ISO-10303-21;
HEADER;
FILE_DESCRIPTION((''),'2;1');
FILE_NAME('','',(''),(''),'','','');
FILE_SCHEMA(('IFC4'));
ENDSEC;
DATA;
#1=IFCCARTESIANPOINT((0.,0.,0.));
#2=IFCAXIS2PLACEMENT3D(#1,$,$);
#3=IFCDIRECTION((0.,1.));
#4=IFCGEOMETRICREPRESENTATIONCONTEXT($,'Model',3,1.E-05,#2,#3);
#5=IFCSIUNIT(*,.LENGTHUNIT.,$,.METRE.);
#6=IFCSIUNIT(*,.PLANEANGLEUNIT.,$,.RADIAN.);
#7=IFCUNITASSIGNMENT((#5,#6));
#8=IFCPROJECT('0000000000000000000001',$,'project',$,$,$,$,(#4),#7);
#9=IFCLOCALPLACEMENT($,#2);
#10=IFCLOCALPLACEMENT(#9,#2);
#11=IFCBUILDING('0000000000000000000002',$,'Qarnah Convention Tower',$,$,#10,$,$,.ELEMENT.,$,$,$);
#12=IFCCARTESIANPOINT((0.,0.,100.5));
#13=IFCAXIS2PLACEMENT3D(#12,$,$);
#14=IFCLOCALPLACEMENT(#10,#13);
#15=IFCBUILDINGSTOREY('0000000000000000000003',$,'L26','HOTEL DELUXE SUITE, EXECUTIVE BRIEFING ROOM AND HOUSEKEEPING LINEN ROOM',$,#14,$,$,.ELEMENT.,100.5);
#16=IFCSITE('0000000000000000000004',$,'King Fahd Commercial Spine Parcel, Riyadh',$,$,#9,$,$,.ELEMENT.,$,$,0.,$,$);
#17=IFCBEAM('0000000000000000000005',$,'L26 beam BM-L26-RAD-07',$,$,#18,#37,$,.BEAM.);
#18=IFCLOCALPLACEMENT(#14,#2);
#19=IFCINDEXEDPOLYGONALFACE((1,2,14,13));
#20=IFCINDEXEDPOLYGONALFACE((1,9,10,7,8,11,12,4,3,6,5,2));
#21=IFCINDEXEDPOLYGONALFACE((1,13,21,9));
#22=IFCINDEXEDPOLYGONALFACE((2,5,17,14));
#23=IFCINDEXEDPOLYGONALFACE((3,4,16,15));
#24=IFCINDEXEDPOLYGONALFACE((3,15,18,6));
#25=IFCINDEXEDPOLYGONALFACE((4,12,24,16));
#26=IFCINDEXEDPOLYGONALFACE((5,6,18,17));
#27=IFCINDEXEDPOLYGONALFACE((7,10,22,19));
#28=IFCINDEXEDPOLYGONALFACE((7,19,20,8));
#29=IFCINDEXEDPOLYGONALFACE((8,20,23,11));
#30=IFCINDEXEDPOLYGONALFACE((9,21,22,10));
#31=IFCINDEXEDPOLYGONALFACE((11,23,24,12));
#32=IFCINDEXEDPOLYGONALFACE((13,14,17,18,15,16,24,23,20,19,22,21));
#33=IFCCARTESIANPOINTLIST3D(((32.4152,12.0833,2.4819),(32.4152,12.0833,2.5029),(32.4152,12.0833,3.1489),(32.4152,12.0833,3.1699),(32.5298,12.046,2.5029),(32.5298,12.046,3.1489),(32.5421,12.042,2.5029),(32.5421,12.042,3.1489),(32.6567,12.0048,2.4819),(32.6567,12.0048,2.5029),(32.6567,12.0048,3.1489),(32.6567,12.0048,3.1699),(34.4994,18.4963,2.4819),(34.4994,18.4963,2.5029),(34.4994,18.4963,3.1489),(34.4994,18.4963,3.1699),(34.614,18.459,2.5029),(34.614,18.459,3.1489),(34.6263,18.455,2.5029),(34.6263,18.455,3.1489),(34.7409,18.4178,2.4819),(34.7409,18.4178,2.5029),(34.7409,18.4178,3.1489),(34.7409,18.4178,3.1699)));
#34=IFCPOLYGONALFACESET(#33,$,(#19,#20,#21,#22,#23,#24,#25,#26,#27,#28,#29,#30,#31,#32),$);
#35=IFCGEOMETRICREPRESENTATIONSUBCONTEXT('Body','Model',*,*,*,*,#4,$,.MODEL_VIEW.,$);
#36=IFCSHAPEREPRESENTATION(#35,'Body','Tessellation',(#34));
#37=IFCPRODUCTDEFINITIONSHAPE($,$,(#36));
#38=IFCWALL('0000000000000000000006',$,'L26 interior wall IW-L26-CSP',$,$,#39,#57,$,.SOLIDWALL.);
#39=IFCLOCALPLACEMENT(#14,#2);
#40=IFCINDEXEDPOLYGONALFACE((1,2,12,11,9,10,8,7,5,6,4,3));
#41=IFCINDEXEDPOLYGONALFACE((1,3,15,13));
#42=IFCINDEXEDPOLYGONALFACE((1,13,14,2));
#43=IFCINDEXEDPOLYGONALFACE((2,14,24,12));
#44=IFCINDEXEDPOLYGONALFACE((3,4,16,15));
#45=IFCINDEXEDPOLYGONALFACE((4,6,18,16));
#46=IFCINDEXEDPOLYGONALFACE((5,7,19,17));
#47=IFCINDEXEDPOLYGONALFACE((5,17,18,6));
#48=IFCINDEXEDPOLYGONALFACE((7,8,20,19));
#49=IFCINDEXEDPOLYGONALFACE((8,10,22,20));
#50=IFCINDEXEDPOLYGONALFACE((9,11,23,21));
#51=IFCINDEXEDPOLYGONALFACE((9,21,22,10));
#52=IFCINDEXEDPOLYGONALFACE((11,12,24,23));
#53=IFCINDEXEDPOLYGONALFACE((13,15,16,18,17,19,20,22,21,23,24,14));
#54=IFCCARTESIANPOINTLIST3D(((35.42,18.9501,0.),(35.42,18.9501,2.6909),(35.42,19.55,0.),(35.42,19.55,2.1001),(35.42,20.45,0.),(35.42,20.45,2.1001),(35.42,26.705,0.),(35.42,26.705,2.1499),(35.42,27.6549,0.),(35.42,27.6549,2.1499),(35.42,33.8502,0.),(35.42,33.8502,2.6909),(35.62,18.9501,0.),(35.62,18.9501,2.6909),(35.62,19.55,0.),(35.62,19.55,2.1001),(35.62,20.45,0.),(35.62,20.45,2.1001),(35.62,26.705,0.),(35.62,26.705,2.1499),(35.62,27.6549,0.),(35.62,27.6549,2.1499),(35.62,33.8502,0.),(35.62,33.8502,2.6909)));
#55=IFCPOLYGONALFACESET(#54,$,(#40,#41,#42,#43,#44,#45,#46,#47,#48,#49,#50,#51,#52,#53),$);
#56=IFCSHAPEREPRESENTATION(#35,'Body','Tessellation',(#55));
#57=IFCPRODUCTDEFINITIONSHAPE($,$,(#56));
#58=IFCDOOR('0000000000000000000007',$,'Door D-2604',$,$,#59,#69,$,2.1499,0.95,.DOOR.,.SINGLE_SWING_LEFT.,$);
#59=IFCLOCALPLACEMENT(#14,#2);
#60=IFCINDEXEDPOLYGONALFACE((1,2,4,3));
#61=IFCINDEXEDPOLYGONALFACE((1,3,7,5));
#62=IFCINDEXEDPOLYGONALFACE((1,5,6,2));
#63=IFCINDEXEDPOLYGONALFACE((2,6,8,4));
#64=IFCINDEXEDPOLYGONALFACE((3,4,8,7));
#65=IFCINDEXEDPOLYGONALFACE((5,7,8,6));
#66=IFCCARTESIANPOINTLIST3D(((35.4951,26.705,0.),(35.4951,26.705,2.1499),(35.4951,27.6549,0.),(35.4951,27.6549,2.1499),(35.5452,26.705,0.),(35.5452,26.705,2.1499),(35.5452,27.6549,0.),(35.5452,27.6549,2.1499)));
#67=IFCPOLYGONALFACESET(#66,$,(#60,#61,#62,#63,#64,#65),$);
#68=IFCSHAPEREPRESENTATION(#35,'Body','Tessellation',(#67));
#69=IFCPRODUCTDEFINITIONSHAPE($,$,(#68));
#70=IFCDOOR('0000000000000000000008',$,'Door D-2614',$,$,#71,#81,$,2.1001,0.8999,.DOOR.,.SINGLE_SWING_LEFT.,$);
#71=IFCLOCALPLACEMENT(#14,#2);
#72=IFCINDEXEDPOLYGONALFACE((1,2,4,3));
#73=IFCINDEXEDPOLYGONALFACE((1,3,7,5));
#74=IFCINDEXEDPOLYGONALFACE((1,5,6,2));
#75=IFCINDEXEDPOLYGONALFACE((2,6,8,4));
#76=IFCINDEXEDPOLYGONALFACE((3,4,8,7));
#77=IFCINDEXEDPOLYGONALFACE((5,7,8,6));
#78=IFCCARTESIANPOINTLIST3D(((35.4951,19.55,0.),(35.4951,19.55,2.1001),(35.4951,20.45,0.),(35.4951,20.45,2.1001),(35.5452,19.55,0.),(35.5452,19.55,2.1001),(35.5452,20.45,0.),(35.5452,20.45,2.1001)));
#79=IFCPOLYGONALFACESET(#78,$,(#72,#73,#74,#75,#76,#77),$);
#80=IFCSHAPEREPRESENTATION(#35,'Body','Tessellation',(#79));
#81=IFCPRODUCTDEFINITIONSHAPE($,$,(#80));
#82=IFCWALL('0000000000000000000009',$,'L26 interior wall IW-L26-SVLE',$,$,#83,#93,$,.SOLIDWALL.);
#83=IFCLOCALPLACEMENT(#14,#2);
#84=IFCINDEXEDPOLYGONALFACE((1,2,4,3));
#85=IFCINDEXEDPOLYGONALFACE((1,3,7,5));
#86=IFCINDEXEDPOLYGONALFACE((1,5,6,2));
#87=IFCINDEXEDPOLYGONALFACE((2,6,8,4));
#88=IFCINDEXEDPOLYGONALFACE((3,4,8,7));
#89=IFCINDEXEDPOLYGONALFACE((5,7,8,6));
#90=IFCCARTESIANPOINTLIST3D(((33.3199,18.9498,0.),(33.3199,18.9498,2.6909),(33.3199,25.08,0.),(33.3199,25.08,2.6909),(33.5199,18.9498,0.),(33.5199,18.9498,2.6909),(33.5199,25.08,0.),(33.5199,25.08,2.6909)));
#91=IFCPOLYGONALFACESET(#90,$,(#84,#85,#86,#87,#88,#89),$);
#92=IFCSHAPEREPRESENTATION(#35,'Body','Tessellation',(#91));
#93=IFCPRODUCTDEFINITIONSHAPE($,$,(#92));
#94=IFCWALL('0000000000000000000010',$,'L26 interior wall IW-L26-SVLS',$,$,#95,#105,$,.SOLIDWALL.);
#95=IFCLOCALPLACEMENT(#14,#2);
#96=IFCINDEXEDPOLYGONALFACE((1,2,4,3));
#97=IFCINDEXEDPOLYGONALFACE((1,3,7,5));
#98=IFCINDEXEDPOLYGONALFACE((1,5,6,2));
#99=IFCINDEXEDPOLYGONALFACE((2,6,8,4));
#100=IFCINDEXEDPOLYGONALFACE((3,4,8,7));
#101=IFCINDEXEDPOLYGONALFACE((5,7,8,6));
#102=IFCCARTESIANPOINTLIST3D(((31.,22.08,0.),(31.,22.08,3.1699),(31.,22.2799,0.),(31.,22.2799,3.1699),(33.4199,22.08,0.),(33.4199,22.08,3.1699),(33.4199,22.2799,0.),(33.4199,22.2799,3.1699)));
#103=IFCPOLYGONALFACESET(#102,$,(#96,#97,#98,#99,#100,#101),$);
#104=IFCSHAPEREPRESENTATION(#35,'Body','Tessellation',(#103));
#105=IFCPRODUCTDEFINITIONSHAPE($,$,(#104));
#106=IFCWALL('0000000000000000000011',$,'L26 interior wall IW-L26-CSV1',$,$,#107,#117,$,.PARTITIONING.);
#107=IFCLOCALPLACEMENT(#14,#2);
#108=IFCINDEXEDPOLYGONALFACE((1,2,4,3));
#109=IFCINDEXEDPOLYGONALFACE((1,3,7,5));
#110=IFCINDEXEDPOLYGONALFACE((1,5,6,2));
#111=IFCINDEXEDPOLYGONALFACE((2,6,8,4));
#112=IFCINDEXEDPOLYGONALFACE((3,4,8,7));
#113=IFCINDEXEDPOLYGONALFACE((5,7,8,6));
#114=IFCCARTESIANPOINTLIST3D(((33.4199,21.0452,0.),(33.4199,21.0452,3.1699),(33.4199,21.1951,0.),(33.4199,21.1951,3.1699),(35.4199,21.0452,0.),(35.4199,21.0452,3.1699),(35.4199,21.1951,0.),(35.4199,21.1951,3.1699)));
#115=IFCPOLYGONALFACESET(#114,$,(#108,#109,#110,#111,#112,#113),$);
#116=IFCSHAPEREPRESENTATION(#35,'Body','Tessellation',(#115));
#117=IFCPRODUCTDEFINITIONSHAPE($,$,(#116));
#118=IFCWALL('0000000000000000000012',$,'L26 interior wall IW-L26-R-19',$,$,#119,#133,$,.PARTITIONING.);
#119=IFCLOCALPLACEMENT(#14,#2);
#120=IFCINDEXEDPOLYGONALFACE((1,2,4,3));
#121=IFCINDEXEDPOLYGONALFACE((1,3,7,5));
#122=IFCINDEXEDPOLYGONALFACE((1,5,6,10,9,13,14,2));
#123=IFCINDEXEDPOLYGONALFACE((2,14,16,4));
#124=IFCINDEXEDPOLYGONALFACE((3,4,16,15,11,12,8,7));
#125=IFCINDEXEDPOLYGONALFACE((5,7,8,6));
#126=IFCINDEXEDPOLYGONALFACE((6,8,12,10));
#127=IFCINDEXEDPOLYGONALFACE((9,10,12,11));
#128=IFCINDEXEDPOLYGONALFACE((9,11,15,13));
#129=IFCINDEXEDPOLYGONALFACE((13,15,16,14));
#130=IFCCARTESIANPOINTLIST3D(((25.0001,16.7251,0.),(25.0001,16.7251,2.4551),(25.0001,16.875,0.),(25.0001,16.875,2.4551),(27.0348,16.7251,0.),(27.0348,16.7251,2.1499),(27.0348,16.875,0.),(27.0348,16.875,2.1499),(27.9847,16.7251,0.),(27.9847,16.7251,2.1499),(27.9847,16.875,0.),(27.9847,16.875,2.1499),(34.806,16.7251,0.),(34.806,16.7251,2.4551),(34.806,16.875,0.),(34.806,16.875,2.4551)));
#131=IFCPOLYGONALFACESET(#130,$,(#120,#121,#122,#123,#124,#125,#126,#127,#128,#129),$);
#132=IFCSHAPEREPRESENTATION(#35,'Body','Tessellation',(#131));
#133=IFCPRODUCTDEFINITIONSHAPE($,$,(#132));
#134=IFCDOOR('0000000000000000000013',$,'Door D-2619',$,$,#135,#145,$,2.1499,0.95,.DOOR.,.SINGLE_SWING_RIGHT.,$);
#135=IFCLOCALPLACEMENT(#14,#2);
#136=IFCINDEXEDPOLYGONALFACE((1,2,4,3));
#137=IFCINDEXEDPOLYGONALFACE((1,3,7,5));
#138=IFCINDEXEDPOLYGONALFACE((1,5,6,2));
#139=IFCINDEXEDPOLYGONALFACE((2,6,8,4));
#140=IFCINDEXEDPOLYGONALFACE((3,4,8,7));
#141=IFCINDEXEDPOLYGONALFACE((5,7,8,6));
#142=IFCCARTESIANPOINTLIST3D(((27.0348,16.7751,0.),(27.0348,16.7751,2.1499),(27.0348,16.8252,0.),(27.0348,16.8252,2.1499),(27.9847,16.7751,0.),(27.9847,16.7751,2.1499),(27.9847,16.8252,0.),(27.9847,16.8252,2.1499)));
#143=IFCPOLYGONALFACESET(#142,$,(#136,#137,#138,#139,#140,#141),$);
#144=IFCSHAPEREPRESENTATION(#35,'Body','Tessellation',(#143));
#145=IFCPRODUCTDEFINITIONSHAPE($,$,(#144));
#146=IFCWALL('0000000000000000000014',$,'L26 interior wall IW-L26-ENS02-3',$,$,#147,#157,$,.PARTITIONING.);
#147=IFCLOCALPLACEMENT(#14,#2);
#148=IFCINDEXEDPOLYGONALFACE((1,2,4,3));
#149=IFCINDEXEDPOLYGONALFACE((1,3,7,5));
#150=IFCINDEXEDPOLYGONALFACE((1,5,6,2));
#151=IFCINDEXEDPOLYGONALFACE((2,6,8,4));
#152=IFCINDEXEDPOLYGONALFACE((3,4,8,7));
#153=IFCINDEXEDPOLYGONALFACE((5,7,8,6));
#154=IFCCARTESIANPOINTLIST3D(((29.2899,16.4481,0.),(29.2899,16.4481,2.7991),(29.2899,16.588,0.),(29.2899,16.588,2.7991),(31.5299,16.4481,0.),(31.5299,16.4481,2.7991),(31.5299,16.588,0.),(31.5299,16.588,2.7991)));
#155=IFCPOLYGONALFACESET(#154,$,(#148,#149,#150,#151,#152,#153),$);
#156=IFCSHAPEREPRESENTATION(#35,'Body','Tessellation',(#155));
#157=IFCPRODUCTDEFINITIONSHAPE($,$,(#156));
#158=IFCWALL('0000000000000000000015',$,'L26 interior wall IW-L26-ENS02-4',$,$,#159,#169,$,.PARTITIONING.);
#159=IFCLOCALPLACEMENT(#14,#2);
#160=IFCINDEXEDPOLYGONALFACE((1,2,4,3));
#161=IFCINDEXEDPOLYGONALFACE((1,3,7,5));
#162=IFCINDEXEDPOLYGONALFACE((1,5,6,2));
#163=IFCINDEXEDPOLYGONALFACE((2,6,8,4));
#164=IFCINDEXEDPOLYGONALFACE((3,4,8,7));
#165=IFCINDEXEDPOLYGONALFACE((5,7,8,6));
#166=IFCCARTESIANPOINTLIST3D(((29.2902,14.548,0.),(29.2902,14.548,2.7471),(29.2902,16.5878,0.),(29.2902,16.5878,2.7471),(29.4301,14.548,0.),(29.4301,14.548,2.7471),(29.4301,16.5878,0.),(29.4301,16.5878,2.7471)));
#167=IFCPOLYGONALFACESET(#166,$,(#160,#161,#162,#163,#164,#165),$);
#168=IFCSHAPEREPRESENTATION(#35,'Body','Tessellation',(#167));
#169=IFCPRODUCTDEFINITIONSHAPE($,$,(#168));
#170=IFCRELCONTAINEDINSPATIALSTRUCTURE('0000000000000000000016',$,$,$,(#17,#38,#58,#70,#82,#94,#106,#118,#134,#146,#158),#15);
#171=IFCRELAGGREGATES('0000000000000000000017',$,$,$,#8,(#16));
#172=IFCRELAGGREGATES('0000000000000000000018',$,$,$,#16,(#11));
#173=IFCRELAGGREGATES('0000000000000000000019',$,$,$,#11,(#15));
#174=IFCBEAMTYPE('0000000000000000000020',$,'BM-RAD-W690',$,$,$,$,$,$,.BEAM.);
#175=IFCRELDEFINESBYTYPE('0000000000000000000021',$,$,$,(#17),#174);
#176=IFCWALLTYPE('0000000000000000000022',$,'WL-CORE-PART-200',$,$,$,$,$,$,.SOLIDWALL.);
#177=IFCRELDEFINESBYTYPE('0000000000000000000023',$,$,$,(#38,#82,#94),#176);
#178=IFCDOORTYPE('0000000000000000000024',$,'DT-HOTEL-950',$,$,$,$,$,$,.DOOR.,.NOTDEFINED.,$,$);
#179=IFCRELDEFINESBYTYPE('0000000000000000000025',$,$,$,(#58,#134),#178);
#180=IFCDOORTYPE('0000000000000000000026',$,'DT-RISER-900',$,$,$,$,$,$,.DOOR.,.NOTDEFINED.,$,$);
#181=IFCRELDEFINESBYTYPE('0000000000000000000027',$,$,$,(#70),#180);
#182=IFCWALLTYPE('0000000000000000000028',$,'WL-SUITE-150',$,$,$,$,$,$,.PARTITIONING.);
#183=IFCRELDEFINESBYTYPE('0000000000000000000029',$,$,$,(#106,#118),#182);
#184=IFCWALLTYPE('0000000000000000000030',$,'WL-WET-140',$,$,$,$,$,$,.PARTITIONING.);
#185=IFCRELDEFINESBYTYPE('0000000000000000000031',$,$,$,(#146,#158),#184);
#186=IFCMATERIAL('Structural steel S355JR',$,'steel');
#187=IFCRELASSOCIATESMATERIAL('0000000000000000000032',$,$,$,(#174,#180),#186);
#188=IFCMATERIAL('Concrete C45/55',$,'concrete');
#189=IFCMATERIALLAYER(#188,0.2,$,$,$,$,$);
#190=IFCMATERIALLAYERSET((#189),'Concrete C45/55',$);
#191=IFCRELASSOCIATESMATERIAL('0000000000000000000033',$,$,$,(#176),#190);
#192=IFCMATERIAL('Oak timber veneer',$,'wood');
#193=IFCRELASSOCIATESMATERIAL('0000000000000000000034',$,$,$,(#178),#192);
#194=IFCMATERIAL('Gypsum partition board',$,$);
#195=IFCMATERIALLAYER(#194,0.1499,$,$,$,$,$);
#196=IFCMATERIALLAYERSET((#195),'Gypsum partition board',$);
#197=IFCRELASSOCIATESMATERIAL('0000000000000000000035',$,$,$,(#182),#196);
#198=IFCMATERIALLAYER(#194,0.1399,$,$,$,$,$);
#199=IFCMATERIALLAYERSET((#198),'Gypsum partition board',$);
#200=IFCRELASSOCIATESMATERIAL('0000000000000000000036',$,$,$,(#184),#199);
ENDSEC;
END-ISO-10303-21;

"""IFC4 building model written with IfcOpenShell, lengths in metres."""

from ifc_helpers import new_model, si_unit, direction, frame, frame_2d, origin, origin_2d, place, context, subcontext, project, spatial, rectangle, i_section, extrude, material, layer, layer_set, material_profile, profile_set, type_object, element, fill, save


model = new_model("IFC4")

# Units and contexts
model_context = context("Model", 3, precision=1e-05, world=origin(), true_north=direction((0.0, 1.0)))
body_context = subcontext(model_context, "Body", "Model", "MODEL_VIEW")
ifc_project = project(units=[si_unit("LENGTHUNIT", "METRE"), si_unit("PLANEANGLEUNIT", "RADIAN")], contexts=[model_context])

# Site, building, storey
site_placement = place(None, origin())
site = spatial("IfcSite", under=ifc_project, at=site_placement, Name="King Fahd Commercial Spine Parcel, Riyadh", CompositionType="ELEMENT", RefElevation=0.0)
building_placement = place(site_placement, origin())
building = spatial("IfcBuilding", under=site, at=building_placement, Name="Qarnah Convention Tower", CompositionType="ELEMENT")
storey_placement = place(building_placement, frame((0.0, 0.0, 100.5)))
storey = spatial("IfcBuildingStorey", under=building, at=storey_placement, Name="L26", Description="HOTEL DELUXE SUITE, EXECUTIVE BRIEFING ROOM AND HOUSEKEEPING LINEN ROOM", CompositionType="ELEMENT", Elevation=100.5)

# Beam
ifc_material_1 = material(Name="Structural steel S355JR", Category="steel")
ifc_material_profile = material_profile(ifc_material_1, i_section(OverallWidth=0.2539, OverallDepth=0.688, WebThickness=0.0129, FlangeThickness=0.021, at=origin_2d()), Name="W690X152")
ifc_profile_set = profile_set([ifc_material_profile], Name="Structural steel S355JR")
beam_type = type_object("IfcBeamType", Name="BM-RAD-W690", PredefinedType="BEAM", material=ifc_profile_set)
beam_placement = place(storey_placement, frame((34.6201, 18.457, 2.8259), z_axis=(-0.309083, -0.951035, 0.0), x_axis=(0.951035, -0.309083, 0.0)))
element("IfcBeam", 1, at=beam_placement, inside=storey, type_object=beam_type, Name="L26 beam BM-L26-RAD-07", PredefinedType="BEAM", context=body_context, shape_type="SweptSolid", body=[
    extrude(i_section(OverallWidth=0.2539, OverallDepth=0.688, WebThickness=0.0129, FlangeThickness=0.021, at=origin_2d()), origin(), (0.0, 0.0, 1.0), 6.7432),
])

# Wall, openings, doors
door_type_1 = type_object("IfcDoorType", Name="DT-RISER-900", OperationType="NOTDEFINED", PredefinedType="DOOR", material=ifc_material_1)
ifc_material_2 = material(Name="Concrete C45/55", Category="concrete")
ifc_layer_1 = layer(ifc_material_2, 0.2)
ifc_layer_set_1 = layer_set([ifc_layer_1], Name="Concrete C45/55")
wall_type_1 = type_object("IfcWallType", Name="WL-CORE-PART-200", PredefinedType="SOLIDWALL", material=ifc_layer_set_1)
wall_1_placement = place(storey_placement, frame((35.52, 18.95, 0.0), z_axis=(0.0, 0.0, 1.0), x_axis=(0.0, 1.0, 0.0)))
wall_1 = element("IfcWall", 2, at=wall_1_placement, inside=storey, type_object=wall_type_1, Name="L26 interior wall IW-L26-CSP", PredefinedType="SOLIDWALL", context=body_context, shape_type="SweptSolid", body=[
    extrude(rectangle(XDim=14.9001, YDim=0.2, at=frame_2d((7.4502, 0.0))), origin(), (0.0, 0.0, 1.0), 2.6909),
])
opening_1_placement = place(wall_1_placement, frame((7.7549, 0.0, 0.0)))
opening_1 = element("IfcOpeningElement", 3, at=opening_1_placement, cuts=wall_1, PredefinedType="OPENING", context=body_context, shape_type="SweptSolid", body=[
    extrude(rectangle(XDim=0.95, YDim=2.1499, at=frame_2d((0.4751, 1.075))), frame((0.0, 0.1099, 0.0), z_axis=(0.0, -1.0, 0.0), x_axis=(1.0, 0.0, 0.0)), (0.0, 0.0, 1.0), 0.22),
])
opening_2_placement = place(wall_1_placement, frame((0.6001, 0.0, 0.0)))
opening_2 = element("IfcOpeningElement", 4, at=opening_2_placement, cuts=wall_1, PredefinedType="OPENING", context=body_context, shape_type="SweptSolid", body=[
    extrude(rectangle(XDim=0.8999, YDim=2.1001, at=frame_2d((0.45, 1.05))), frame((0.0, 0.1099, 0.0), z_axis=(0.0, -1.0, 0.0), x_axis=(1.0, 0.0, 0.0)), (0.0, 0.0, 1.0), 0.22),
])
ifc_material_3 = material(Name="Oak timber veneer", Category="wood")
door_type_2 = type_object("IfcDoorType", Name="DT-HOTEL-950", OperationType="NOTDEFINED", PredefinedType="DOOR", material=ifc_material_3)
door_1_placement = place(opening_1_placement, origin())
door_1 = element("IfcDoor", 5, at=door_1_placement, inside=storey, type_object=door_type_2, Name="Door D-2604", OperationType="SINGLE_SWING_LEFT", OverallHeight=2.1499, OverallWidth=0.95, PredefinedType="DOOR", context=body_context, shape_type="SweptSolid", body=[
    extrude(rectangle(XDim=0.95, YDim=2.1499, at=frame_2d((0.4751, 1.075))), frame((0.0, 0.0249, 0.0), z_axis=(0.0, -1.0, 0.0), x_axis=(1.0, 0.0, 0.0)), (0.0, 0.0, 1.0), 0.05),
])
fill(opening_1, door_1)
door_2_placement = place(opening_2_placement, origin())
door_2 = element("IfcDoor", 6, at=door_2_placement, inside=storey, type_object=door_type_1, Name="Door D-2614", OperationType="SINGLE_SWING_LEFT", OverallHeight=2.1001, OverallWidth=0.8999, PredefinedType="DOOR", context=body_context, shape_type="SweptSolid", body=[
    extrude(rectangle(XDim=0.8999, YDim=2.1001, at=frame_2d((0.45, 1.05))), frame((0.0, 0.0249, 0.0), z_axis=(0.0, -1.0, 0.0), x_axis=(1.0, 0.0, 0.0)), (0.0, 0.0, 1.0), 0.05),
])
fill(opening_2, door_2)

# Walls
wall_2_placement = place(storey_placement, frame((33.4199, 18.95, 0.0), z_axis=(0.0, 0.0, 1.0), x_axis=(0.0, 1.0, 0.0)))
element("IfcWall", 7, at=wall_2_placement, inside=storey, type_object=wall_type_1, Name="L26 interior wall IW-L26-SVLE", PredefinedType="SOLIDWALL", context=body_context, shape_type="SweptSolid", body=[
    extrude(rectangle(XDim=6.1301, YDim=0.2, at=frame_2d((3.0649, 0.0))), origin(), (0.0, 0.0, 1.0), 2.6909),
])
wall_3_placement = place(storey_placement, frame((31.0, 22.1799, 0.0), z_axis=(0.0, 0.0, 1.0), x_axis=(1.0, 0.0, 0.0)))
element("IfcWall", 8, at=wall_3_placement, inside=storey, type_object=wall_type_1, Name="L26 interior wall IW-L26-SVLS", PredefinedType="SOLIDWALL", context=body_context, shape_type="SweptSolid", body=[
    extrude(rectangle(XDim=2.4199, YDim=0.2, at=frame_2d((1.21, 0.0))), origin(), (0.0, 0.0, 1.0), 3.1699),
])

# Wall
ifc_material_4 = material(Name="Gypsum partition board")
ifc_layer_2 = layer(ifc_material_4, 0.1499)
ifc_layer_set_2 = layer_set([ifc_layer_2], Name="Gypsum partition board")
wall_type_2 = type_object("IfcWallType", Name="WL-SUITE-150", PredefinedType="PARTITIONING", material=ifc_layer_set_2)
wall_4_placement = place(storey_placement, frame((33.4199, 21.1201, 0.0), z_axis=(0.0, 0.0, 1.0), x_axis=(1.0, 0.0, 0.0)))
element("IfcWall", 9, at=wall_4_placement, inside=storey, type_object=wall_type_2, Name="L26 interior wall IW-L26-CSV1", PredefinedType="PARTITIONING", context=body_context, shape_type="SweptSolid", body=[
    extrude(rectangle(XDim=2.0, YDim=0.1499, at=frame_2d((1.0, 0.0))), origin(), (0.0, 0.0, 1.0), 3.1699),
])

# Wall, opening, door
wall_5_placement = place(storey_placement, frame((34.8059, 16.8, 0.0), z_axis=(0.0, 0.0, 1.0), x_axis=(-1.0, 0.0, 0.0)))
wall_5 = element("IfcWall", 10, at=wall_5_placement, inside=storey, type_object=wall_type_2, Name="L26 interior wall IW-L26-R-19", PredefinedType="PARTITIONING", context=body_context, shape_type="SweptSolid", body=[
    extrude(rectangle(XDim=9.8059, YDim=0.1499, at=frame_2d((4.9028, 0.0))), origin(), (0.0, 0.0, 1.0), 2.4551),
])
opening_3_placement = place(wall_5_placement, frame((6.821, 0.0, 0.0)))
opening_3 = element("IfcOpeningElement", 11, at=opening_3_placement, cuts=wall_5, PredefinedType="OPENING", context=body_context, shape_type="SweptSolid", body=[
    extrude(rectangle(XDim=0.95, YDim=2.1499, at=frame_2d((0.4751, 1.075))), frame((0.0, 0.085, 0.0), z_axis=(0.0, -1.0, 0.0), x_axis=(1.0, 0.0, 0.0)), (0.0, 0.0, 1.0), 0.1699),
])
door_3_placement = place(opening_3_placement, origin())
door_3 = element("IfcDoor", 12, at=door_3_placement, inside=storey, type_object=door_type_2, Name="Door D-2619", OperationType="SINGLE_SWING_RIGHT", OverallHeight=2.1499, OverallWidth=0.95, PredefinedType="DOOR", context=body_context, shape_type="SweptSolid", body=[
    extrude(rectangle(XDim=0.95, YDim=2.1499, at=frame_2d((0.4751, 1.075))), frame((0.0, 0.0249, 0.0), z_axis=(0.0, -1.0, 0.0), x_axis=(1.0, 0.0, 0.0)), (0.0, 0.0, 1.0), 0.05),
])
fill(opening_3, door_3)

# Walls
ifc_layer_3 = layer(ifc_material_4, 0.1399)
ifc_layer_set_3 = layer_set([ifc_layer_3], Name="Gypsum partition board")
wall_type_3 = type_object("IfcWallType", Name="WL-WET-140", PredefinedType="PARTITIONING", material=ifc_layer_set_3)
wall_6_placement = place(storey_placement, frame((31.53, 16.5181, 0.0), z_axis=(0.0, 0.0, 1.0), x_axis=(-1.0, 0.0, 0.0)))
element("IfcWall", 13, at=wall_6_placement, inside=storey, type_object=wall_type_3, Name="L26 interior wall IW-L26-ENS02-3", PredefinedType="PARTITIONING", context=body_context, shape_type="SweptSolid", body=[
    extrude(rectangle(XDim=2.24, YDim=0.1399, at=frame_2d((1.1201, 0.0))), origin(), (0.0, 0.0, 1.0), 2.7991),
])
wall_7_placement = place(storey_placement, frame((29.3601, 16.5879, 0.0), z_axis=(0.0, 0.0, 1.0), x_axis=(0.0, -1.0, 0.0)))
element("IfcWall", 14, at=wall_7_placement, inside=storey, type_object=wall_type_3, Name="L26 interior wall IW-L26-ENS02-4", PredefinedType="PARTITIONING", context=body_context, shape_type="SweptSolid", body=[
    extrude(rectangle(XDim=2.0398, YDim=0.1399, at=frame_2d((1.02, 0.0))), origin(), (0.0, 0.0, 1.0), 2.7471),
])

save(model, "model.ifc")
